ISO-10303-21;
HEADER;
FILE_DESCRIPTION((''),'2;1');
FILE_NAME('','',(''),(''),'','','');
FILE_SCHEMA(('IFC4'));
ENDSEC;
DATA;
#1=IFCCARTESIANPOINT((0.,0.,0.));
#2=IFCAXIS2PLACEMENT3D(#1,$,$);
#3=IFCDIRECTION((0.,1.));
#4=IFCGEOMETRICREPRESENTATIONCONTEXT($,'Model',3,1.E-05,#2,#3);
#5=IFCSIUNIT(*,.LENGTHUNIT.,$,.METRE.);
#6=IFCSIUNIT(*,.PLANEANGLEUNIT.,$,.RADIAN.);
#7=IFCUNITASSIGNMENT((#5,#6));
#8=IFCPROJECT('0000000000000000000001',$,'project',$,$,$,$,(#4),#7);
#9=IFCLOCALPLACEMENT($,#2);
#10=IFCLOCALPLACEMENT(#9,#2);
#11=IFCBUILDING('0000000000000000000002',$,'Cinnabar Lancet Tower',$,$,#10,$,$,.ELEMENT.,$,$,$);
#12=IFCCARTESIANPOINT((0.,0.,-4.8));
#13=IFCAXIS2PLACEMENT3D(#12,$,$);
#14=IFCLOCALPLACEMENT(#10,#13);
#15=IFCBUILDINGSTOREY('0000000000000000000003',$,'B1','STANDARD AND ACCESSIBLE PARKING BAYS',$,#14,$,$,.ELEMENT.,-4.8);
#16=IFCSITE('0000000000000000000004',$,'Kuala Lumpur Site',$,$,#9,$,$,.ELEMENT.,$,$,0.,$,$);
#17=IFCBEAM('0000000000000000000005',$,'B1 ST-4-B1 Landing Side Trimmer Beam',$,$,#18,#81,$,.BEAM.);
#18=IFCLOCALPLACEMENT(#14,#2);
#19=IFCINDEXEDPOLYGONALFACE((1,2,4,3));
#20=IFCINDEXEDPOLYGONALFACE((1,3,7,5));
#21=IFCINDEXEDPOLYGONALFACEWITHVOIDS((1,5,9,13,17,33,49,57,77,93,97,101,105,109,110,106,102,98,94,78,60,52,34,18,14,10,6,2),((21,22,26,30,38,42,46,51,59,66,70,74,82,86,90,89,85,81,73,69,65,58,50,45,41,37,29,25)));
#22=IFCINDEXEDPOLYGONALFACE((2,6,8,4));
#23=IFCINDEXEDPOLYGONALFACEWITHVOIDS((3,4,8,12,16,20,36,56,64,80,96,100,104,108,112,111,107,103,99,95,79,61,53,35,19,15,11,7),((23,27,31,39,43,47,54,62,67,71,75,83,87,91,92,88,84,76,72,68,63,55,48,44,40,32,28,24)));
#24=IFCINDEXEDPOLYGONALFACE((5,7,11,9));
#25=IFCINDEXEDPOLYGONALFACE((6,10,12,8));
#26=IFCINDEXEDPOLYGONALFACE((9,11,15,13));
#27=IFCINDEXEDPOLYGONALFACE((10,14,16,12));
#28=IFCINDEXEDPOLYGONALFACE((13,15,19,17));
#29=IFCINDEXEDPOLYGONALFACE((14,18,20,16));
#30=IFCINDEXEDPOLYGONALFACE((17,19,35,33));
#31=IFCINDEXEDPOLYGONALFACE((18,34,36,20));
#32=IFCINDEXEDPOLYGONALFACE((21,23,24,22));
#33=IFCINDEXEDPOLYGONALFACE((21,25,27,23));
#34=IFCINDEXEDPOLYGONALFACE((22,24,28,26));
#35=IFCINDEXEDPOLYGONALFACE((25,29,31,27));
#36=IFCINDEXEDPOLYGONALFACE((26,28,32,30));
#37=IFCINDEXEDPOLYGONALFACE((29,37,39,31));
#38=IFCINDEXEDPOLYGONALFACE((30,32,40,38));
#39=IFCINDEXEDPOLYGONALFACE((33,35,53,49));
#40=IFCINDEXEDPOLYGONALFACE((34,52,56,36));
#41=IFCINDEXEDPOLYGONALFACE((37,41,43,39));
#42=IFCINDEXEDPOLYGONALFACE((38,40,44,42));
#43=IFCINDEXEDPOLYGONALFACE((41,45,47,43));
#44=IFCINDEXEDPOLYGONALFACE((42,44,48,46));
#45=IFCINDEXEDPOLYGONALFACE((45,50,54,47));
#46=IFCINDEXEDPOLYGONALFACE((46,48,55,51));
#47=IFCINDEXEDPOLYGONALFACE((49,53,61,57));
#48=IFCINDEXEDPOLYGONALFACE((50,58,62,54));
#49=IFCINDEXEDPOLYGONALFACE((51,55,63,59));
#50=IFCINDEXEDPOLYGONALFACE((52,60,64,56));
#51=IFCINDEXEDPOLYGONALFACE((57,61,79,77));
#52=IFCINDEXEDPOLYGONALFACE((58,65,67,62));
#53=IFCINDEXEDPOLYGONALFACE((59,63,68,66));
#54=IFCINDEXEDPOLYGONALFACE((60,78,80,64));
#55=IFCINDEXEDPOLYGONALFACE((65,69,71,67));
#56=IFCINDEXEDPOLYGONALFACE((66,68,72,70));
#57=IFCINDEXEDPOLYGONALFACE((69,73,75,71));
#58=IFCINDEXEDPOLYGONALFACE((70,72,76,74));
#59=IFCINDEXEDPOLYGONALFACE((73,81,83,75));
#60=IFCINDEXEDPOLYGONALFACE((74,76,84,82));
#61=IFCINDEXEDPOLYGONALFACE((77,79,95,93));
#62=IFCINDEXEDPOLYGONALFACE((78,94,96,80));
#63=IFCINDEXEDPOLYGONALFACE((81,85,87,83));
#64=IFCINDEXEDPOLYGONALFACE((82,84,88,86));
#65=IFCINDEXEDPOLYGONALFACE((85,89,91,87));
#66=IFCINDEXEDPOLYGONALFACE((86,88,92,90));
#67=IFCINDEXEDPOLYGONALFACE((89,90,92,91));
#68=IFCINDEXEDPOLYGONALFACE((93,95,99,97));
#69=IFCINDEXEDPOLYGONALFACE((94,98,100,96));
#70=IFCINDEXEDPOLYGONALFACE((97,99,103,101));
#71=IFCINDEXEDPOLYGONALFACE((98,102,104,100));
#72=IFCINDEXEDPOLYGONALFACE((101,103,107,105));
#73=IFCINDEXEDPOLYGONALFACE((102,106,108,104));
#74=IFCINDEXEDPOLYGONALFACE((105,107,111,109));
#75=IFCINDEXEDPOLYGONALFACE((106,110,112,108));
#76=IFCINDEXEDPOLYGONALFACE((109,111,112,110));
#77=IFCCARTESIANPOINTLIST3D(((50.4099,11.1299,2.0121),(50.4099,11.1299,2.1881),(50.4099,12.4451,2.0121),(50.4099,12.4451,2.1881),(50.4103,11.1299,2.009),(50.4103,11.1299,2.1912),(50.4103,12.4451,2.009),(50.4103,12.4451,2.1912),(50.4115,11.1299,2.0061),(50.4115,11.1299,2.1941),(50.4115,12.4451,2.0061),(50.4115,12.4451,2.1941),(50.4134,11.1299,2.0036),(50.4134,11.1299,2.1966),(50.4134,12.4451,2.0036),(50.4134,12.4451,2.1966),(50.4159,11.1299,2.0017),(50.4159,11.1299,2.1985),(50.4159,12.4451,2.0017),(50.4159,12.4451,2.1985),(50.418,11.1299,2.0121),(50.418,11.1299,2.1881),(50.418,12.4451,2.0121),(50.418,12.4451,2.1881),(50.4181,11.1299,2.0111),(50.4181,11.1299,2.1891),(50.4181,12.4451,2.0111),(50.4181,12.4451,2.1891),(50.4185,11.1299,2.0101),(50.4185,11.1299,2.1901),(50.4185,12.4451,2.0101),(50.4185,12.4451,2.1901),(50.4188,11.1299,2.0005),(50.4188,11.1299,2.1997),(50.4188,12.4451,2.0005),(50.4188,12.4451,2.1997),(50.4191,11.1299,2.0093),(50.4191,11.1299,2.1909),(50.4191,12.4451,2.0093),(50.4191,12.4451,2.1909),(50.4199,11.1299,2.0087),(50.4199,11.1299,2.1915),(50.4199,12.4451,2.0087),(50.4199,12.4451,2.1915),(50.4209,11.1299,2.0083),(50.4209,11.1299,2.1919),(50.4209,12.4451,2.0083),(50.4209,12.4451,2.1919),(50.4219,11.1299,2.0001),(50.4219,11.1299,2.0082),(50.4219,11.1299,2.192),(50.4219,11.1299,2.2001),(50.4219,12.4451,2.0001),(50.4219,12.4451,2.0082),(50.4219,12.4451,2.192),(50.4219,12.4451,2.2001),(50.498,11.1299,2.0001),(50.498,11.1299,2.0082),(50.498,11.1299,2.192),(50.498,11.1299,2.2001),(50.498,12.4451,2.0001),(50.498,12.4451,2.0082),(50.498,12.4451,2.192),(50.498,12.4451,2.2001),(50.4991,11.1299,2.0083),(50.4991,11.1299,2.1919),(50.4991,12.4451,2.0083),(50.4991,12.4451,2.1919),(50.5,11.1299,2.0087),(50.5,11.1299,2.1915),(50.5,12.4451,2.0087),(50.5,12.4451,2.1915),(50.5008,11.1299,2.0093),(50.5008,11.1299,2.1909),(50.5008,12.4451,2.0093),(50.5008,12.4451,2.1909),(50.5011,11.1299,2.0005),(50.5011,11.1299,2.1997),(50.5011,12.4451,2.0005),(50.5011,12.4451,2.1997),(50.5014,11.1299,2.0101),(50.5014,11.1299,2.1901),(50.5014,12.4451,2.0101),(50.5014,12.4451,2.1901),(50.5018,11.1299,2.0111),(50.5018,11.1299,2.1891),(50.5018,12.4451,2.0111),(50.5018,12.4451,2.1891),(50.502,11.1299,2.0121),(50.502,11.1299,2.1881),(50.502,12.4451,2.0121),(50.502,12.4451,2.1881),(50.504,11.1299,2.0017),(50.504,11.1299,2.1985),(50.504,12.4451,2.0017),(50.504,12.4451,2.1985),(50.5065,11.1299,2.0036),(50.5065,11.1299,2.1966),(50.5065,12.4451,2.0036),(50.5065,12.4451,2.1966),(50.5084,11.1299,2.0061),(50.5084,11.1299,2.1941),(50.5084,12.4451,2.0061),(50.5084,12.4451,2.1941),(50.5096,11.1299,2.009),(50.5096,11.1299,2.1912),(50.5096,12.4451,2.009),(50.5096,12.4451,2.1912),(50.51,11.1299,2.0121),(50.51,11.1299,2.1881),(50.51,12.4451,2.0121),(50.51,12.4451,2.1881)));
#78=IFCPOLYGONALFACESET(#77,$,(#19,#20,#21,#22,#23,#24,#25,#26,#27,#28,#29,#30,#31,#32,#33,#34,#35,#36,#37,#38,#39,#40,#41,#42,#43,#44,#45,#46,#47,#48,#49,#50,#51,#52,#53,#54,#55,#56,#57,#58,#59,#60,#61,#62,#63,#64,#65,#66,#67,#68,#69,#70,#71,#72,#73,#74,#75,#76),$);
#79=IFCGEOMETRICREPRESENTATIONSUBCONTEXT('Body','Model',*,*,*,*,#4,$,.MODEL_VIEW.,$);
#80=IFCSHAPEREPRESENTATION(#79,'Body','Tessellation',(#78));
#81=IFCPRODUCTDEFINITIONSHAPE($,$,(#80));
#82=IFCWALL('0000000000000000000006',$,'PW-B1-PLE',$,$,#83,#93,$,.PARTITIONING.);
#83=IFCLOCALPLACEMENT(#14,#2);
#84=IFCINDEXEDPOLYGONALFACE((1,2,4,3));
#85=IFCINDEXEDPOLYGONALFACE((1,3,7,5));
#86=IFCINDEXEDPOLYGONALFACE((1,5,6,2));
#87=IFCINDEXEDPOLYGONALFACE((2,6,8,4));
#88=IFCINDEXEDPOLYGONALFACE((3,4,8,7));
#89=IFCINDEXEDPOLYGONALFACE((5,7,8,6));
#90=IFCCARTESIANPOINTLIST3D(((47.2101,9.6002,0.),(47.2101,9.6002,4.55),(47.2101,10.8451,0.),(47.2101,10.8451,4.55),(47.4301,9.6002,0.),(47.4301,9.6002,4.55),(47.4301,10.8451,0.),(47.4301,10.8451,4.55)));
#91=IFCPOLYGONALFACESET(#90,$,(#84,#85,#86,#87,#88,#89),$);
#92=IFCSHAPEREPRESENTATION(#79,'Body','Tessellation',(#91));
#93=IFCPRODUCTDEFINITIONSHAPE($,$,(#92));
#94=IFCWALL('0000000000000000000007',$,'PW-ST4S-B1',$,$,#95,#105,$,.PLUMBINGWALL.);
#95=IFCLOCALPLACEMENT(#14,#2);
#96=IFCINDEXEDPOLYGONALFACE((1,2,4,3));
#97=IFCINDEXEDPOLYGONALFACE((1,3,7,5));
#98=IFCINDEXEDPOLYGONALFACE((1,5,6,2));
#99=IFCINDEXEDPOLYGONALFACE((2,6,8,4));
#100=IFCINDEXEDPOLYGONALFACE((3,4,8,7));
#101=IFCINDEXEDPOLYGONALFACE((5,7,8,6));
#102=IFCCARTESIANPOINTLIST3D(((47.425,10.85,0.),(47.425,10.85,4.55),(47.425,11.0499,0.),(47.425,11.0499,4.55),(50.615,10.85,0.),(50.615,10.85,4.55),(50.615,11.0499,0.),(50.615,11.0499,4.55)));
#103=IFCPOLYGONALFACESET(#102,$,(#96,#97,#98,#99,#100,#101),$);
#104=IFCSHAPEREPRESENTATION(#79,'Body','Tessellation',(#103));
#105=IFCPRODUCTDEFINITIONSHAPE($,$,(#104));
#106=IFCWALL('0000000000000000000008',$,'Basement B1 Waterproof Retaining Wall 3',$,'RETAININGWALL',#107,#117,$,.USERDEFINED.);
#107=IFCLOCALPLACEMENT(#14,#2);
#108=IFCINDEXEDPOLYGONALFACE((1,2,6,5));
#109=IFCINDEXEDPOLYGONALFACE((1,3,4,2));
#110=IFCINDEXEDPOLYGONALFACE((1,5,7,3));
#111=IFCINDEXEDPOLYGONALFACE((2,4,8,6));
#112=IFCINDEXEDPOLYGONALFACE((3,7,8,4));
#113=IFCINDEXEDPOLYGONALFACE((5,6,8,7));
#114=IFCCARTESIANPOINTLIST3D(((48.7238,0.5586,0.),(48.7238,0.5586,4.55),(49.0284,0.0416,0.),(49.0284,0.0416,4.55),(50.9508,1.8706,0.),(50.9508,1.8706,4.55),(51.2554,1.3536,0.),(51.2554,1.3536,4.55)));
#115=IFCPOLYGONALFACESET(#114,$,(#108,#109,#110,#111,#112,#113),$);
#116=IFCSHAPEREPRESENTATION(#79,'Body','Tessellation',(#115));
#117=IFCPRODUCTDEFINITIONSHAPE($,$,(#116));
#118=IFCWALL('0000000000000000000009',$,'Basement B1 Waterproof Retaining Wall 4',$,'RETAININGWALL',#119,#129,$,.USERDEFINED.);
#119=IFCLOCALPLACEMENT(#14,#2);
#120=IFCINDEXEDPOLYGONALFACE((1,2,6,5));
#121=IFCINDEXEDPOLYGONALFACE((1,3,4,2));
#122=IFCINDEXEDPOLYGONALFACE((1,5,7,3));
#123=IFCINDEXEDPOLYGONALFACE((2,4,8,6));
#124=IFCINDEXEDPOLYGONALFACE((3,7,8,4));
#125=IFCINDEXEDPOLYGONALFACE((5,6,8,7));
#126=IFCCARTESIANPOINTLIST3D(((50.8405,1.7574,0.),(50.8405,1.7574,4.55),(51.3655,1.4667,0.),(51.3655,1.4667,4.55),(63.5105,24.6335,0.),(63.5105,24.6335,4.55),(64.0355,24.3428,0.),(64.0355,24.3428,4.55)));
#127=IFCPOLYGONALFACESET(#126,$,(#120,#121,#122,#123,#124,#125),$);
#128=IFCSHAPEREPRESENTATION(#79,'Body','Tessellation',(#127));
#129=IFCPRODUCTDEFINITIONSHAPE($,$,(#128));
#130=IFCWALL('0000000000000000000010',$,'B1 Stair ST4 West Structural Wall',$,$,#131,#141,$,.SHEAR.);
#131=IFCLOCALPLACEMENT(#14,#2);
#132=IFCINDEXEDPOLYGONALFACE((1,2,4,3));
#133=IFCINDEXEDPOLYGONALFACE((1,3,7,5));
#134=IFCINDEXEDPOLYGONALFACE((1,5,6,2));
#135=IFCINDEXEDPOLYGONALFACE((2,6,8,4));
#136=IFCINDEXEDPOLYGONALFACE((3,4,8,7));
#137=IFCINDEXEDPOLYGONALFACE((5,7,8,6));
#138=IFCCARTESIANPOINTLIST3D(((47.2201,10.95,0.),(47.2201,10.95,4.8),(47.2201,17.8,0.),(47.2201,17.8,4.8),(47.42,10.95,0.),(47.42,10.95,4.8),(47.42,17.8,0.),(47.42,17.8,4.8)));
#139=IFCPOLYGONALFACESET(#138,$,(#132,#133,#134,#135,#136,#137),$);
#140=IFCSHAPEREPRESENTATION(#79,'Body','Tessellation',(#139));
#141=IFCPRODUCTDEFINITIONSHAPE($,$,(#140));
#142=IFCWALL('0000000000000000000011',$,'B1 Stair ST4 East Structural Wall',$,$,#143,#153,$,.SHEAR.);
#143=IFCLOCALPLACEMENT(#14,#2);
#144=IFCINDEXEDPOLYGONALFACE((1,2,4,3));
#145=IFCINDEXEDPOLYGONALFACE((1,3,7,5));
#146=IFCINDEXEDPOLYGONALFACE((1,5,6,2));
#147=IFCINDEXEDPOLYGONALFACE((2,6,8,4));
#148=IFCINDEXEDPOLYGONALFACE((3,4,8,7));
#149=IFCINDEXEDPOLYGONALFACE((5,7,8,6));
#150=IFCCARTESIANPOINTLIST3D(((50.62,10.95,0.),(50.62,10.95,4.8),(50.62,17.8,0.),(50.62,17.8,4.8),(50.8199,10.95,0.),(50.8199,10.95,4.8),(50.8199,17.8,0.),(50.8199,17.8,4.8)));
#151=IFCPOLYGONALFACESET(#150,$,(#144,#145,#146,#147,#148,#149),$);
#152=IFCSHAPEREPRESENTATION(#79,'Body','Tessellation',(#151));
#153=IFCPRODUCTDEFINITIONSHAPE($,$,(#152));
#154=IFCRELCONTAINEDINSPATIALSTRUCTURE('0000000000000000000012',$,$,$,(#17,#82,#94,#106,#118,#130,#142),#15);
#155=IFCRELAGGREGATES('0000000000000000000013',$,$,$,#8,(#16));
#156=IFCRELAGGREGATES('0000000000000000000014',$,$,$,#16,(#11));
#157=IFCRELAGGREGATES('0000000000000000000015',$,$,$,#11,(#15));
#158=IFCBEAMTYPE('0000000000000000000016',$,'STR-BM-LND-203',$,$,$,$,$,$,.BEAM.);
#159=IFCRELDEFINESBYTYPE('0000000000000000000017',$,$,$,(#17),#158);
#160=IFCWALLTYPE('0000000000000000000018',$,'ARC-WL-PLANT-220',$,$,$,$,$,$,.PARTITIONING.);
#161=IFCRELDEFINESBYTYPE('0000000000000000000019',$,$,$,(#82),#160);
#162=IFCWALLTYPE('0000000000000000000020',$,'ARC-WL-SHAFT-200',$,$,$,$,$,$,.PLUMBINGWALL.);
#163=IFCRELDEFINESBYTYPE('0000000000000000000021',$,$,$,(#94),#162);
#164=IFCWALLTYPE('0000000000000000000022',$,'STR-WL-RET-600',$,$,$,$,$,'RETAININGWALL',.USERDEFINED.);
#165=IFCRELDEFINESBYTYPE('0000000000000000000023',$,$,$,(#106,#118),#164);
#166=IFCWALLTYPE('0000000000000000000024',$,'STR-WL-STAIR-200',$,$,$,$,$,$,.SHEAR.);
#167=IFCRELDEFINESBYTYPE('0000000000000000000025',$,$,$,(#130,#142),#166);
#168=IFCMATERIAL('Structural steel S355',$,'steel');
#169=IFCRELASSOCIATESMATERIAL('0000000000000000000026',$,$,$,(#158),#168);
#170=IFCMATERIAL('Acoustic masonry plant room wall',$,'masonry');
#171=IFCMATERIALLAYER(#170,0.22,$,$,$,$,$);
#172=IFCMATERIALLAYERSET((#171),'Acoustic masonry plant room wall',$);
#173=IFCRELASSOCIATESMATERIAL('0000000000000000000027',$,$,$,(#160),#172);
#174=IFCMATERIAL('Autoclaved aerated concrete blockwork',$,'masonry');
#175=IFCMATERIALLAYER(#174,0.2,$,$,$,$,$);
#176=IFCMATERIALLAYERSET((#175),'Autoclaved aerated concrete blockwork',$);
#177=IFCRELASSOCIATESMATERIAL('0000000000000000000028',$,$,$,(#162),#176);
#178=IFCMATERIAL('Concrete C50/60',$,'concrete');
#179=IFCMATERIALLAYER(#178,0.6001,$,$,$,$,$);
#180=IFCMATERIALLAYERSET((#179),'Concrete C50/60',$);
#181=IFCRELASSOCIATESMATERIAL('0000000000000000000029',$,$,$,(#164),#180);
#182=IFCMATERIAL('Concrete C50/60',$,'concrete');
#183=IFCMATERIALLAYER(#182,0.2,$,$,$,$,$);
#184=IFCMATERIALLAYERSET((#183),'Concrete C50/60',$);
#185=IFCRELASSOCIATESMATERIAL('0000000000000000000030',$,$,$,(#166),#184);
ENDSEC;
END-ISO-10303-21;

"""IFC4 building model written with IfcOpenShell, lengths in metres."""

from ifc_helpers import new_model, si_unit, direction, frame, frame_2d, origin, origin_2d, place, context, subcontext, project, spatial, rectangle, hollow_rectangle, extrude, material, layer, layer_set, material_profile, profile_set, type_object, element, save


model = new_model("IFC4")

# Units and contexts
model_context = context("Model", 3, precision=1e-05, world=origin(), true_north=direction((0.0, 1.0)))
body_context = subcontext(model_context, "Body", "Model", "MODEL_VIEW")
ifc_project = project(units=[si_unit("LENGTHUNIT", "METRE"), si_unit("PLANEANGLEUNIT", "RADIAN")], contexts=[model_context])

# Site, building, storey
site_placement = place(None, origin())
site = spatial("IfcSite", under=ifc_project, at=site_placement, Name="Kuala Lumpur Site", CompositionType="ELEMENT", RefElevation=0.0)
building_placement = place(site_placement, origin())
building = spatial("IfcBuilding", under=site, at=building_placement, Name="Cinnabar Lancet Tower", CompositionType="ELEMENT")
storey_placement = place(building_placement, frame((0.0, 0.0, -4.8)))
storey = spatial("IfcBuildingStorey", under=building, at=storey_placement, Name="B1", Description="STANDARD AND ACCESSIBLE PARKING BAYS", CompositionType="ELEMENT", Elevation=-4.8)

# Beam
ifc_material_1 = material(Name="Structural steel S355", Category="steel")
ifc_material_profile_1 = material_profile(ifc_material_1, hollow_rectangle(XDim=0.1001, YDim=0.2, WallThickness=0.0081, InnerFilletRadius=0.0039, OuterFilletRadius=0.012, at=origin_2d()), Name="RHS 200x100x8")
ifc_profile_set_1 = profile_set([ifc_material_profile_1], Name="Structural steel S355")
beam_type = type_object("IfcBeamType", Name="STR-BM-LND-203", PredefinedType="BEAM", material=ifc_profile_set_1)
beam_placement = place(storey_placement, frame((50.46, 11.1299, 2.1001), z_axis=(0.0, 1.0, 0.0), x_axis=(-1.0, 0.0, 0.0)))
element("IfcBeam", 1, at=beam_placement, inside=storey, type_object=beam_type, Name="B1 ST-4-B1 Landing Side Trimmer Beam", PredefinedType="BEAM", context=body_context, shape_type="SweptSolid", body=[
    extrude(hollow_rectangle(XDim=0.1001, YDim=0.2, WallThickness=0.0081, InnerFilletRadius=0.0039, OuterFilletRadius=0.012, at=origin_2d()), origin(), (0.0, 0.0, 1.0), 1.3152),
])

# Walls
ifc_material_2 = material(Name="Acoustic masonry plant room wall", Category="masonry")
ifc_layer_1 = layer(ifc_material_2, 0.22)
ifc_layer_set_1 = layer_set([ifc_layer_1], Name="Acoustic masonry plant room wall")
wall_type_1 = type_object("IfcWallType", Name="ARC-WL-PLANT-220", PredefinedType="PARTITIONING", material=ifc_layer_set_1)
wall_1_placement = place(storey_placement, frame((47.3201, 9.6001, 0.0), z_axis=(0.0, 0.0, 1.0), x_axis=(0.0, 1.0, 0.0)))
element("IfcWall", 2, at=wall_1_placement, inside=storey, type_object=wall_type_1, Name="PW-B1-PLE", PredefinedType="PARTITIONING", context=body_context, shape_type="SweptSolid", body=[
    extrude(rectangle(XDim=1.2449, YDim=0.22, at=frame_2d((0.6226, 0.0))), origin(), (0.0, 0.0, 1.0), 4.55),
])
ifc_material_3 = material(Name="Autoclaved aerated concrete blockwork", Category="masonry")
ifc_layer_2 = layer(ifc_material_3, 0.2)
ifc_layer_set_2 = layer_set([ifc_layer_2], Name="Autoclaved aerated concrete blockwork")
wall_type_2 = type_object("IfcWallType", Name="ARC-WL-SHAFT-200", PredefinedType="PLUMBINGWALL", material=ifc_layer_set_2)
wall_2_placement = place(storey_placement, frame((47.425, 10.95, 0.0), z_axis=(0.0, 0.0, 1.0), x_axis=(1.0, 0.0, 0.0)))
element("IfcWall", 3, at=wall_2_placement, inside=storey, type_object=wall_type_2, Name="PW-ST4S-B1", PredefinedType="PLUMBINGWALL", context=body_context, shape_type="SweptSolid", body=[
    extrude(rectangle(XDim=3.1899, YDim=0.2, at=frame_2d((1.595, 0.0))), origin(), (0.0, 0.0, 1.0), 4.55),
])

# Walls
ifc_material_4 = material(Name="Concrete C50/60", Category="concrete")
ifc_layer_3 = layer(ifc_material_4, 0.6001)
ifc_layer_set_3 = layer_set([ifc_layer_3], Name="Concrete C50/60")
wall_type_3 = type_object("IfcWallType", Name="STR-WL-RET-600", ElementType="RETAININGWALL", PredefinedType="USERDEFINED", material=ifc_layer_set_3)
wall_3_placement = place(storey_placement, frame((48.876, 0.3, 0.0), z_axis=(0.0, 0.0, 1.0), x_axis=(0.861599, 0.50759, 0.0)))
element("IfcWall", 4, at=wall_3_placement, inside=storey, type_object=wall_type_3, Name="Basement B1 Waterproof Retaining Wall 3", ObjectType="RETAININGWALL", PredefinedType="USERDEFINED", context=body_context, shape_type="SweptSolid", body=[
    extrude(rectangle(XDim=2.5847, YDim=0.6001, at=frame_2d((1.2925, 0.0))), origin(), (0.0, 0.0, 1.0), 4.55),
])
wall_4_placement = place(storey_placement, frame((51.103, 1.6121, 0.0), z_axis=(0.0, 0.0, 1.0), x_axis=(0.484504, 0.874789, 0.0)))
element("IfcWall", 5, at=wall_4_placement, inside=storey, type_object=wall_type_3, Name="Basement B1 Waterproof Retaining Wall 4", ObjectType="RETAININGWALL", PredefinedType="USERDEFINED", context=body_context, shape_type="SweptSolid", body=[
    extrude(rectangle(XDim=26.1504, YDim=0.6001, at=frame_2d((13.0752, 0.0))), origin(), (0.0, 0.0, 1.0), 4.55),
])
ifc_material_5 = material(Name="Concrete C50/60", Category="concrete")
ifc_layer_4 = layer(ifc_material_5, 0.2)
ifc_layer_set_4 = layer_set([ifc_layer_4], Name="Concrete C50/60")
wall_type_4 = type_object("IfcWallType", Name="STR-WL-STAIR-200", PredefinedType="SHEAR", material=ifc_layer_set_4)
for number, where, z_axis, x_axis, name in (
    (6, (47.3201, 10.95, 0.0), (0.0, 0.0, 1.0), (0.0, 1.0, 0.0), "B1 Stair ST4 West Structural Wall"),
    (7, (50.72, 10.95, 0.0), (0.0, 0.0, 1.0), (0.0, 1.0, 0.0), "B1 Stair ST4 East Structural Wall"),
):
    element("IfcWall", number, at=place(storey_placement, frame(where, z_axis=z_axis, x_axis=x_axis)), inside=storey, type_object=wall_type_4, Name=name, PredefinedType="SHEAR", context=body_context, shape_type="SweptSolid", body=[
        extrude(rectangle(XDim=6.8501, YDim=0.2, at=frame_2d((3.425, 0.0))), origin(), (0.0, 0.0, 1.0), 4.8),
    ])

save(model, "model.ifc")
